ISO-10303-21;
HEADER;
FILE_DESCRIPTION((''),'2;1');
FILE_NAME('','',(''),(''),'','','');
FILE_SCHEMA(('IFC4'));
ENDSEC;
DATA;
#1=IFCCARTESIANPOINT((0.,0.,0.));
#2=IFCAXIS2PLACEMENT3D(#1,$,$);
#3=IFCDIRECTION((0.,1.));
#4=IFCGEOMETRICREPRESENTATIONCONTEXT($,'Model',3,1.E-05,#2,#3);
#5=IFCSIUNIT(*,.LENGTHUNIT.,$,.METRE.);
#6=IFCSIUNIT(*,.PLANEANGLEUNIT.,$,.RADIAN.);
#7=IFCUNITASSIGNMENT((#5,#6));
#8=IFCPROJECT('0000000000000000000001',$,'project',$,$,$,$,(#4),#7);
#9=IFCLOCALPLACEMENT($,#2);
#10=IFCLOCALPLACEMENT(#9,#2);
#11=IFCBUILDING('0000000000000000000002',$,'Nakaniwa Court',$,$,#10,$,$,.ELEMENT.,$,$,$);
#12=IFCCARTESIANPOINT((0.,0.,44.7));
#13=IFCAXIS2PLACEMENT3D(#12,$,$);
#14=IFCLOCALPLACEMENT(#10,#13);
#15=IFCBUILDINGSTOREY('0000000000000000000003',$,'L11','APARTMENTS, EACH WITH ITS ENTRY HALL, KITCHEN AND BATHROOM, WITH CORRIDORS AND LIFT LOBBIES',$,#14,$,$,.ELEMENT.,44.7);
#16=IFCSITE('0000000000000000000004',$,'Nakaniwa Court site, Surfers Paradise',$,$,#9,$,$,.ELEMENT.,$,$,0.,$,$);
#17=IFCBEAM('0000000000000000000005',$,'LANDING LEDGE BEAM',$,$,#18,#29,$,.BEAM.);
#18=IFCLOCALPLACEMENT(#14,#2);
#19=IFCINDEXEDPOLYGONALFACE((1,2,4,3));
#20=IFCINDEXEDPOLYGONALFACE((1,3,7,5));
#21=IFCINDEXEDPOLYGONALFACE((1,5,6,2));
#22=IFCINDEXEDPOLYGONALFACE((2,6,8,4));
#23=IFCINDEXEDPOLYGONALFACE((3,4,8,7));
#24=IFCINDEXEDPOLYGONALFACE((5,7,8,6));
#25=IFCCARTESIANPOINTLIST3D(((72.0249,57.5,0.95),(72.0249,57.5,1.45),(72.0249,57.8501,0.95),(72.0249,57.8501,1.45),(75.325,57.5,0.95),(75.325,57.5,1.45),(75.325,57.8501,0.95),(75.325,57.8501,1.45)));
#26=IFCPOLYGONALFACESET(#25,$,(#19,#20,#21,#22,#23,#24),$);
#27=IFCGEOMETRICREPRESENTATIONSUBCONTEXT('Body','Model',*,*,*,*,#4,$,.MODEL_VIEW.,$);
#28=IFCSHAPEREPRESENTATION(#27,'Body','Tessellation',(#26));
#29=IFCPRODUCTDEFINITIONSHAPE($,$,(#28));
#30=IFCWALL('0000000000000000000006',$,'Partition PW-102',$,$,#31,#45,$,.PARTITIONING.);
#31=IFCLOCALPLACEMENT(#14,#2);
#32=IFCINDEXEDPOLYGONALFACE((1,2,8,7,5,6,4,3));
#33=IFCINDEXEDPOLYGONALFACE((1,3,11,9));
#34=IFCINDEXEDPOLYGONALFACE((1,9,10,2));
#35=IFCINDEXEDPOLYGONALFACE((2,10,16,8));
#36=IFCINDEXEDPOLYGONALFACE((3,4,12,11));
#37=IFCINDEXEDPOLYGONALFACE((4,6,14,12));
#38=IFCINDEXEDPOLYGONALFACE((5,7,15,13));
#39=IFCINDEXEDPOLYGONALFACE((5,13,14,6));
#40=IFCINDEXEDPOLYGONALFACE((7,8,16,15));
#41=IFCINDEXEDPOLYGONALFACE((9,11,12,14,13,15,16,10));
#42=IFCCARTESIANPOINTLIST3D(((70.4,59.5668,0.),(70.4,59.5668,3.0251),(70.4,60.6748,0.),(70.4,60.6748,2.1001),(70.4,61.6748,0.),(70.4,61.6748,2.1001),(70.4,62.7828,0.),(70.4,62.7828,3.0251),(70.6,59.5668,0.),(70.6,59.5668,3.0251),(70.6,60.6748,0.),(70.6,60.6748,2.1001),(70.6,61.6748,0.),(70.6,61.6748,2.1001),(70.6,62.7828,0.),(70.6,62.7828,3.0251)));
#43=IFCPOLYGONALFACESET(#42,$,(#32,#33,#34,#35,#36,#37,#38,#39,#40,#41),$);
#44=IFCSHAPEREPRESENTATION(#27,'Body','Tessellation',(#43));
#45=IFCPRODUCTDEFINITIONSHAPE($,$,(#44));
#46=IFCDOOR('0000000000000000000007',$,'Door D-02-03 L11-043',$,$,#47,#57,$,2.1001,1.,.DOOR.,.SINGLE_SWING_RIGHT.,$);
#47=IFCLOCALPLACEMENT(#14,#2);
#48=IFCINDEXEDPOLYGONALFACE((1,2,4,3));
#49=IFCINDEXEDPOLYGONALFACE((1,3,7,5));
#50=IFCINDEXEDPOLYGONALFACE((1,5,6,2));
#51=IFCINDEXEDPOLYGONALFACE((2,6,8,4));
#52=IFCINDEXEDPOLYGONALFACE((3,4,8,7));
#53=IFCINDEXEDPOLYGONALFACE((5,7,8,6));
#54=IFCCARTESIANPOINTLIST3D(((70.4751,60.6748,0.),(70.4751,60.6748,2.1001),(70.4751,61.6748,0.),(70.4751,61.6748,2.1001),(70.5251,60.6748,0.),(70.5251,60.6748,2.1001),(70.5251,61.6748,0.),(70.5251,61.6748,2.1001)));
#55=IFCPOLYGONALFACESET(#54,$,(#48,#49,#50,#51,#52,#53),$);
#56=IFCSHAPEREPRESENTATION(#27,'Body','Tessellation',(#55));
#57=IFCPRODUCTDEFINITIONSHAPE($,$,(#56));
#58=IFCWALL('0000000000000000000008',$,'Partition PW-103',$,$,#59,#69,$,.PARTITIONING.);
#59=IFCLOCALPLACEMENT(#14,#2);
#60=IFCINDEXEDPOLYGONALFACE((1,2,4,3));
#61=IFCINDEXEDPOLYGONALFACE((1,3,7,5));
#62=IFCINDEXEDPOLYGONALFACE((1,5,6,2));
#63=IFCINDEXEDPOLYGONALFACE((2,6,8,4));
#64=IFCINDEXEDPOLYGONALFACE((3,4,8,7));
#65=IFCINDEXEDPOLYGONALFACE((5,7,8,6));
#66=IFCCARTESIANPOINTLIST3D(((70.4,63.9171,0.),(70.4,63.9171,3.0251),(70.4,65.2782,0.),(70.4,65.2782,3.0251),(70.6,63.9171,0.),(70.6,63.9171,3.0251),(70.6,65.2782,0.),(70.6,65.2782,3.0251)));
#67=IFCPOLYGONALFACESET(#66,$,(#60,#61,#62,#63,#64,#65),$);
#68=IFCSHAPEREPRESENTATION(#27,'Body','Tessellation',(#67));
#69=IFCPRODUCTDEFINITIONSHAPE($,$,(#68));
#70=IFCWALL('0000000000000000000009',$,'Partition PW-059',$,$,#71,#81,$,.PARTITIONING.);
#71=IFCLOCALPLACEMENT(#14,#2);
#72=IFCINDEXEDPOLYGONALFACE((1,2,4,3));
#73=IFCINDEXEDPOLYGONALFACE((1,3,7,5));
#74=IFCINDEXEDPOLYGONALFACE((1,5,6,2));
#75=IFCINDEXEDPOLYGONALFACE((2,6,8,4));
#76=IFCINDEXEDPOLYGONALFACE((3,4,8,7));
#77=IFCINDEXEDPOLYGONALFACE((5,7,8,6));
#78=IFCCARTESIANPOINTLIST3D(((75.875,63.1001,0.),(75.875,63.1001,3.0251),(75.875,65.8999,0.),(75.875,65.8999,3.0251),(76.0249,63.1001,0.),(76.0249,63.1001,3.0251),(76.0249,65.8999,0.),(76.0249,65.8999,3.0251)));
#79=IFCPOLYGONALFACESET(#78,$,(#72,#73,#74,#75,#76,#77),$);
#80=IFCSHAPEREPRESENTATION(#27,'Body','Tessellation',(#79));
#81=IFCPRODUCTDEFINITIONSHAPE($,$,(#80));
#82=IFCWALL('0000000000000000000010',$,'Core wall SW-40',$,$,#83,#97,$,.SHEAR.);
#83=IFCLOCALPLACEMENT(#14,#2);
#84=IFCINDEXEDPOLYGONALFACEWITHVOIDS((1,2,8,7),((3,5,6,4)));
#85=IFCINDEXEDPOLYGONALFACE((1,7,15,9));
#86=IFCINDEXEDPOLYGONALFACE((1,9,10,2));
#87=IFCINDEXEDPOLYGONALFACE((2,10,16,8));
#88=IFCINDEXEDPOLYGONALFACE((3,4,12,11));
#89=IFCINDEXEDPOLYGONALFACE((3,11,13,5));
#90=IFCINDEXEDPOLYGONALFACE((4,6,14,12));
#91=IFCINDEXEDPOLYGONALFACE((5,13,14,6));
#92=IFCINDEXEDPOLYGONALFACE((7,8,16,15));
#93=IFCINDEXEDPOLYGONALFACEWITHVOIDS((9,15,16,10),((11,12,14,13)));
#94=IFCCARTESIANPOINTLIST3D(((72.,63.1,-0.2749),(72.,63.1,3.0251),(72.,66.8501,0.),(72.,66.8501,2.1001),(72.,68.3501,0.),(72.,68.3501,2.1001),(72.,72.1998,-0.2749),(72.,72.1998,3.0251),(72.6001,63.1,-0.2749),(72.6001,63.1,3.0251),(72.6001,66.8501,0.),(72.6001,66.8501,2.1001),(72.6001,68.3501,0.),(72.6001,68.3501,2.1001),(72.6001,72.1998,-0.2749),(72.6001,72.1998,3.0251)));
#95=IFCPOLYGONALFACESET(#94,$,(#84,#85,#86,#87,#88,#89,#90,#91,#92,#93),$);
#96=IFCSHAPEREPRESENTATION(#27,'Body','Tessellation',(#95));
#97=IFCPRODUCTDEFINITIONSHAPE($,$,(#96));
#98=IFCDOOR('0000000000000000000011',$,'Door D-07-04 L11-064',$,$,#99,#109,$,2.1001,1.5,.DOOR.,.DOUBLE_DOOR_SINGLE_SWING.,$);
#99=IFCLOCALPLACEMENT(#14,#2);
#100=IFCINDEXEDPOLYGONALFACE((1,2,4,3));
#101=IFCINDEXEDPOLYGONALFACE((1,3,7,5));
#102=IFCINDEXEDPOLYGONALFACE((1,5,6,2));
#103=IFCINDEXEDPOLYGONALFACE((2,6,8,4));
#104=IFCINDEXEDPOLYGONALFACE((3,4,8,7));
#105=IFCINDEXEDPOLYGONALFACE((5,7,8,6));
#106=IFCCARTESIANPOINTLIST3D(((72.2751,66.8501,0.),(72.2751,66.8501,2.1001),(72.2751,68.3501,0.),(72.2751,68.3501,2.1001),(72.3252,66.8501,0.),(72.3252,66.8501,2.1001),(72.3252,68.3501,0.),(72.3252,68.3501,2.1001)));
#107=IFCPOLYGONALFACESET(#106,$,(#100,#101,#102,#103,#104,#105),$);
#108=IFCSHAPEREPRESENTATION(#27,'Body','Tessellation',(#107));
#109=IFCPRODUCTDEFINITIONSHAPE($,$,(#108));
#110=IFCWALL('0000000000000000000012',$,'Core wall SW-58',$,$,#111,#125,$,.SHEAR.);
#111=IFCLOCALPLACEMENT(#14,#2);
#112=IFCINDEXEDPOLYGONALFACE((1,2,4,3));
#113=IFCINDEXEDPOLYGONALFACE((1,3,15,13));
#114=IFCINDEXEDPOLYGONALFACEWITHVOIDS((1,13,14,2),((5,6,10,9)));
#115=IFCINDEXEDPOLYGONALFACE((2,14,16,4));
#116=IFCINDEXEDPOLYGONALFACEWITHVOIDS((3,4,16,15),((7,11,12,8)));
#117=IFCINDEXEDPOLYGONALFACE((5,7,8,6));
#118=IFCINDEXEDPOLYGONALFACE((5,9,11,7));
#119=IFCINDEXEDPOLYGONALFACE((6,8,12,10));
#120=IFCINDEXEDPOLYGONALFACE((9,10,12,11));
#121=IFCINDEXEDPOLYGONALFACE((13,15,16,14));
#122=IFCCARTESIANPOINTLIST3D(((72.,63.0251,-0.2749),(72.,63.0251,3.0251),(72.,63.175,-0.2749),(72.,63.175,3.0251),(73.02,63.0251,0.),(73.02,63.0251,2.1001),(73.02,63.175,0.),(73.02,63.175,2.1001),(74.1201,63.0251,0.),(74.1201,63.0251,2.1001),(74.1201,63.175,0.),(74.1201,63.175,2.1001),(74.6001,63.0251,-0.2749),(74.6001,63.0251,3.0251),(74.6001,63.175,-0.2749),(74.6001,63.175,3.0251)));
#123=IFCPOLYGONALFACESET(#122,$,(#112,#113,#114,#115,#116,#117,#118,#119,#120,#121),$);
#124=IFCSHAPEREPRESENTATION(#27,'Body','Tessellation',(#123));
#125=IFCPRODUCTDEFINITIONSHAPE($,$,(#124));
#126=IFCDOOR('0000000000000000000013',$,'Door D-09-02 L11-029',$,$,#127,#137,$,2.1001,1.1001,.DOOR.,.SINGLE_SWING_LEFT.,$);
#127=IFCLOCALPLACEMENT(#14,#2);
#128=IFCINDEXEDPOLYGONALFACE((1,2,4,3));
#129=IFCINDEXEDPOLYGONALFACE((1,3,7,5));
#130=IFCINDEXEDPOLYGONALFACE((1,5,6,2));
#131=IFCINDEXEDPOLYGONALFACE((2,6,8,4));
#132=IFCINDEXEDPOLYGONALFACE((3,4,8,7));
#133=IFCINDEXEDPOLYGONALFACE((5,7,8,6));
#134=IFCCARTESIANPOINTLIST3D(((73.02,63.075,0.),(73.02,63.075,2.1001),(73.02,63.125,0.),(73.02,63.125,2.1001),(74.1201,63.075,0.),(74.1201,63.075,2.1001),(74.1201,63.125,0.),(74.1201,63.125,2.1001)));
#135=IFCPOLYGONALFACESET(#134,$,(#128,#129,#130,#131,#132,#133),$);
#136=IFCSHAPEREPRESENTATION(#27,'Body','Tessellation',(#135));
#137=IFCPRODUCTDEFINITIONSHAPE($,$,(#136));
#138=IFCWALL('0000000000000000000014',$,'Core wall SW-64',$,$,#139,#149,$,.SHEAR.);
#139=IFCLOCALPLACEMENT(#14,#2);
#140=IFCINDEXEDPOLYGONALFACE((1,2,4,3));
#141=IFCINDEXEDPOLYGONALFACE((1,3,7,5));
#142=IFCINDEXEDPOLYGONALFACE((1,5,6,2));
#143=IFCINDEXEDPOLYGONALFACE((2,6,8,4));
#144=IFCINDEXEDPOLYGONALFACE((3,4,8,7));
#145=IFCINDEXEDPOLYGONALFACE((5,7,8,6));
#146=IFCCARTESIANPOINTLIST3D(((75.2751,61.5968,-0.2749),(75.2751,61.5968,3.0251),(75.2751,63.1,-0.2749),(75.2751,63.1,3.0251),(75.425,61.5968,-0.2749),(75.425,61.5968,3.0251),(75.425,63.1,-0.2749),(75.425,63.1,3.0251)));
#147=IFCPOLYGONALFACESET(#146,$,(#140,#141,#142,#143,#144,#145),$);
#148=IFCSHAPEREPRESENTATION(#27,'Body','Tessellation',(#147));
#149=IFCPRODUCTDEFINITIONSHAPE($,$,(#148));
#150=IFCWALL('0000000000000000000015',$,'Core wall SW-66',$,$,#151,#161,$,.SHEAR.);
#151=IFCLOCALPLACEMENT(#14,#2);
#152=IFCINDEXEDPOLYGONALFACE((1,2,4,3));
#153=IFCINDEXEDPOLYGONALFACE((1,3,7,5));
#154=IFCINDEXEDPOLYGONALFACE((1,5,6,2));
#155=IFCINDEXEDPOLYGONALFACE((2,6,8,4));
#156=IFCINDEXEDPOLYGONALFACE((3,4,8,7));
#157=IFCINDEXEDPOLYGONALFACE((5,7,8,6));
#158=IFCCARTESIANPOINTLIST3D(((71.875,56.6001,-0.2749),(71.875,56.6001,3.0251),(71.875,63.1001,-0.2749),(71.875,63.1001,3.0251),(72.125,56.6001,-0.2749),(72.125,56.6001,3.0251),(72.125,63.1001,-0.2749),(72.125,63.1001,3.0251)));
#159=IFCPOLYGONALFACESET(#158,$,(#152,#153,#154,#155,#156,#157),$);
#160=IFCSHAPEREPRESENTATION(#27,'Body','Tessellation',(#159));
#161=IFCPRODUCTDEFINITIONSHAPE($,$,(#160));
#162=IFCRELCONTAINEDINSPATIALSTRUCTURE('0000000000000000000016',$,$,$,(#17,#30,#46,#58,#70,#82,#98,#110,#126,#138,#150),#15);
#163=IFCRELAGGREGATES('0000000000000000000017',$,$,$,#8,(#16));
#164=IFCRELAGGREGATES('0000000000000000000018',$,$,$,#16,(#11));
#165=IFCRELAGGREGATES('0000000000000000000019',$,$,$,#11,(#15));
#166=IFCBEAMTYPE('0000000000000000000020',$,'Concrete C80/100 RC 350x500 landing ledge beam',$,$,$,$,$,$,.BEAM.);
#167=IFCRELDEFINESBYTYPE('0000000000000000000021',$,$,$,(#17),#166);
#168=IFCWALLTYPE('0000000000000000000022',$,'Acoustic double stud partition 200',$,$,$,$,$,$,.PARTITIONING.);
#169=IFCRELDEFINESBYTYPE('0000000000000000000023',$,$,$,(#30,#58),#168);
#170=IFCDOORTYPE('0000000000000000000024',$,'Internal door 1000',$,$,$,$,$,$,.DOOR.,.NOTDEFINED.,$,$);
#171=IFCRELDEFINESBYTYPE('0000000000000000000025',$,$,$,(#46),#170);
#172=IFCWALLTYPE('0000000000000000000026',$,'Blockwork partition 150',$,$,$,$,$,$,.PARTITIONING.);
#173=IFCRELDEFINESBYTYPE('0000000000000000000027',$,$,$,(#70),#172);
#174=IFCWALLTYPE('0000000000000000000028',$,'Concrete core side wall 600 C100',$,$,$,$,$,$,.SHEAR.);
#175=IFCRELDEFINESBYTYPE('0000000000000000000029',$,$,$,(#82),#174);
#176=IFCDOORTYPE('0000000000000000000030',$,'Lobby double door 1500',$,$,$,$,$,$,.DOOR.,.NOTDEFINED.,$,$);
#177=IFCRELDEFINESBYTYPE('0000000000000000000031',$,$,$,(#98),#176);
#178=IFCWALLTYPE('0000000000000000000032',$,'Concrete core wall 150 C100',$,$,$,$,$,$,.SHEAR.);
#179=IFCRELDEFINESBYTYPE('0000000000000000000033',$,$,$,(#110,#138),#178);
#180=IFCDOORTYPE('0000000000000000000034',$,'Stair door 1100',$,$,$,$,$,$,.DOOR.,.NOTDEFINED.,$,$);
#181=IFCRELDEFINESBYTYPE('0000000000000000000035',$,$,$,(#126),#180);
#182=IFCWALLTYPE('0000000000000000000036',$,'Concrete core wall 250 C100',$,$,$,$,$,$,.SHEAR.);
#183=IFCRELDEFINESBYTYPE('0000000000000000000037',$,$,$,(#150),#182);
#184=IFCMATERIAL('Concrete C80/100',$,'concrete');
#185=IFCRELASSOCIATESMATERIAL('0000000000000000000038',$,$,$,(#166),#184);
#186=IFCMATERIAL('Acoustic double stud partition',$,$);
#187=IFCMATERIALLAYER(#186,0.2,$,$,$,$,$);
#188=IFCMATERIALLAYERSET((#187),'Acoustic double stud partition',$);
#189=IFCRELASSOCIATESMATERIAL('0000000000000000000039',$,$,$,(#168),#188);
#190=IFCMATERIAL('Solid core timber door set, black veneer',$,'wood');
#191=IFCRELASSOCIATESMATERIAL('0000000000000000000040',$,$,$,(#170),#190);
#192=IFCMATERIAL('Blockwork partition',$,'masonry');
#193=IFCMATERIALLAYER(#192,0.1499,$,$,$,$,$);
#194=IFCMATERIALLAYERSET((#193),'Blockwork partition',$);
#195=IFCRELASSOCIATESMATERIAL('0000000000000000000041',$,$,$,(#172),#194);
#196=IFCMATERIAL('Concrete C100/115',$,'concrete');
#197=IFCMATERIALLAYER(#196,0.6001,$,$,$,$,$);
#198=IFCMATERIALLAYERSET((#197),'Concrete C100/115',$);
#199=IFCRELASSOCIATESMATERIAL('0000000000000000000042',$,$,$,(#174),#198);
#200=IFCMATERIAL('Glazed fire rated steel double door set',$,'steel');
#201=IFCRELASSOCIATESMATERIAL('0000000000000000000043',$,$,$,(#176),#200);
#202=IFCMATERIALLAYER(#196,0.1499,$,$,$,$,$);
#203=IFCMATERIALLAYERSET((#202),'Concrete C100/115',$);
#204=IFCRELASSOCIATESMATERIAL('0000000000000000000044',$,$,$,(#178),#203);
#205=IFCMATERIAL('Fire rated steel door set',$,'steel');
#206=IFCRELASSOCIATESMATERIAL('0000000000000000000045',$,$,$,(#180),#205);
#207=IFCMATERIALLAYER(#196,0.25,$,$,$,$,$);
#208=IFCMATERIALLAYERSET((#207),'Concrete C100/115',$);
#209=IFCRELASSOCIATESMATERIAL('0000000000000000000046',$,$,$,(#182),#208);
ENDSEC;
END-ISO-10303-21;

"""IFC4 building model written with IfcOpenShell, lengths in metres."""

from ifc_helpers import new_model, si_unit, direction, frame, frame_2d, origin, origin_2d, place, context, subcontext, project, spatial, rectangle, extrude, material, layer, layer_set, material_profile, profile_set, type_object, element, fill, save


model = new_model("IFC4")

# Units and contexts
model_context = context("Model", 3, precision=1e-05, world=origin(), true_north=direction((0.0, 1.0)))
body_context = subcontext(model_context, "Body", "Model", "MODEL_VIEW")
ifc_project = project(units=[si_unit("LENGTHUNIT", "METRE"), si_unit("PLANEANGLEUNIT", "RADIAN")], contexts=[model_context])

# Site, building, storey
site_placement = place(None, origin())
site = spatial("IfcSite", under=ifc_project, at=site_placement, Name="Nakaniwa Court site, Surfers Paradise", CompositionType="ELEMENT", RefElevation=0.0)
building_placement = place(site_placement, origin())
building = spatial("IfcBuilding", under=site, at=building_placement, Name="Nakaniwa Court", CompositionType="ELEMENT")
storey_placement = place(building_placement, frame((0.0, 0.0, 44.7)))
storey = spatial("IfcBuildingStorey", under=building, at=storey_placement, Name="L11", Description="APARTMENTS, EACH WITH ITS ENTRY HALL, KITCHEN AND BATHROOM, WITH CORRIDORS AND LIFT LOBBIES", CompositionType="ELEMENT", Elevation=44.7)

# Beam
ifc_material_1 = material(Name="Concrete C80/100", Category="concrete")
ifc_material_profile = material_profile(ifc_material_1, rectangle(XDim=0.3501, YDim=0.5, at=origin_2d()), Name="Concrete C80/100 RC 350x500 landing ledge beam")
ifc_profile_set = profile_set([ifc_material_profile], Name="Concrete C80/100")
beam_type = type_object("IfcBeamType", Name="Concrete C80/100 RC 350x500 landing ledge beam", PredefinedType="BEAM", material=ifc_profile_set)
beam_placement = place(storey_placement, frame((72.0249, 57.675, 1.2), z_axis=(1.0, 0.0, 0.0), x_axis=(0.0, 1.0, 0.0)))
element("IfcBeam", 1, at=beam_placement, inside=storey, type_object=beam_type, Name="LANDING LEDGE BEAM", PredefinedType="BEAM", context=body_context, shape_type="SweptSolid", body=[
    extrude(rectangle(XDim=0.3501, YDim=0.5, at=origin_2d()), origin(), (0.0, 0.0, 1.0), 3.3),
])

# Wall, opening, door
ifc_material_2 = material(Name="Acoustic double stud partition")
ifc_layer_1 = layer(ifc_material_2, 0.2)
ifc_layer_set_1 = layer_set([ifc_layer_1], Name="Acoustic double stud partition")
wall_type_1 = type_object("IfcWallType", Name="Acoustic double stud partition 200", PredefinedType="PARTITIONING", material=ifc_layer_set_1)
wall_1_placement = place(storey_placement, frame((70.5, 59.5669, 0.0), z_axis=(0.0, 0.0, 1.0), x_axis=(0.0, 1.0, 0.0)))
wall_1 = element("IfcWall", 2, at=wall_1_placement, inside=storey, type_object=wall_type_1, Name="Partition PW-102", PredefinedType="PARTITIONING", context=body_context, shape_type="SweptSolid", body=[
    extrude(rectangle(XDim=3.2161, YDim=0.2, at=frame_2d((1.6079, 0.0))), origin(), (0.0, 0.0, 1.0), 3.0251),
])
opening_1_placement = place(wall_1_placement, frame((1.1079, 0.0, 0.0)))
opening_1 = element("IfcOpeningElement", 3, at=opening_1_placement, cuts=wall_1, PredefinedType="OPENING", context=body_context, shape_type="SweptSolid", body=[
    extrude(rectangle(XDim=1.0, YDim=2.1001, at=frame_2d((0.5, 1.05))), frame((0.0, 0.1099, 0.0), z_axis=(0.0, -1.0, 0.0), x_axis=(1.0, 0.0, 0.0)), (0.0, 0.0, 1.0), 0.22),
])
ifc_material_3 = material(Name="Solid core timber door set, black veneer", Category="wood")
door_type_1 = type_object("IfcDoorType", Name="Internal door 1000", OperationType="NOTDEFINED", PredefinedType="DOOR", material=ifc_material_3)
door_1_placement = place(opening_1_placement, origin())
door_1 = element("IfcDoor", 4, at=door_1_placement, inside=storey, type_object=door_type_1, Name="Door D-02-03 L11-043", OperationType="SINGLE_SWING_RIGHT", OverallHeight=2.1001, OverallWidth=1.0, PredefinedType="DOOR", context=body_context, shape_type="SweptSolid", body=[
    extrude(rectangle(XDim=1.0, YDim=2.1001, at=frame_2d((0.5, 1.05))), frame((0.0, 0.0249, 0.0), z_axis=(0.0, -1.0, 0.0), x_axis=(1.0, 0.0, 0.0)), (0.0, 0.0, 1.0), 0.05),
])
fill(opening_1, door_1)

# Walls
wall_2_placement = place(storey_placement, frame((70.5, 63.917, 0.0), z_axis=(0.0, 0.0, 1.0), x_axis=(0.0, 1.0, 0.0)))
element("IfcWall", 5, at=wall_2_placement, inside=storey, type_object=wall_type_1, Name="Partition PW-103", PredefinedType="PARTITIONING", context=body_context, shape_type="SweptSolid", body=[
    extrude(rectangle(XDim=1.3611, YDim=0.2, at=frame_2d((0.6807, 0.0))), origin(), (0.0, 0.0, 1.0), 3.0251),
])
ifc_material_4 = material(Name="Blockwork partition", Category="masonry")
ifc_layer_2 = layer(ifc_material_4, 0.1499)
ifc_layer_set_2 = layer_set([ifc_layer_2], Name="Blockwork partition")
wall_type_2 = type_object("IfcWallType", Name="Blockwork partition 150", PredefinedType="PARTITIONING", material=ifc_layer_set_2)
wall_3_placement = place(storey_placement, frame((75.95, 63.1001, 0.0), z_axis=(0.0, 0.0, 1.0), x_axis=(0.0, 1.0, 0.0)))
element("IfcWall", 6, at=wall_3_placement, inside=storey, type_object=wall_type_2, Name="Partition PW-059", PredefinedType="PARTITIONING", context=body_context, shape_type="SweptSolid", body=[
    extrude(rectangle(XDim=2.7998, YDim=0.1499, at=frame_2d((1.3999, 0.0))), origin(), (0.0, 0.0, 1.0), 3.0251),
])

# Walls, openings, doors
ifc_material_5 = material(Name="Concrete C100/115", Category="concrete")
ifc_layer_3 = layer(ifc_material_5, 0.6001)
ifc_layer_set_3 = layer_set([ifc_layer_3], Name="Concrete C100/115")
wall_type_3 = type_object("IfcWallType", Name="Concrete core side wall 600 C100", PredefinedType="SHEAR", material=ifc_layer_set_3)
wall_4_placement = place(storey_placement, frame((72.3, 63.1001, -0.2749), z_axis=(0.0, 0.0, 1.0), x_axis=(0.0, 1.0, 0.0)))
wall_4 = element("IfcWall", 7, at=wall_4_placement, inside=storey, type_object=wall_type_3, Name="Core wall SW-40", PredefinedType="SHEAR", context=body_context, shape_type="SweptSolid", body=[
    extrude(rectangle(XDim=9.0999, YDim=0.6001, at=frame_2d((4.5498, 0.0))), origin(), (0.0, 0.0, 1.0), 3.3),
])
opening_2_placement = place(wall_4_placement, frame((3.75, 0.0, 0.2749)))
opening_2 = element("IfcOpeningElement", 8, at=opening_2_placement, cuts=wall_4, PredefinedType="OPENING", context=body_context, shape_type="SweptSolid", body=[
    extrude(rectangle(XDim=1.5, YDim=2.1001, at=frame_2d((0.75, 1.05))), frame((0.0, 0.3101, 0.0), z_axis=(0.0, -1.0, 0.0), x_axis=(1.0, 0.0, 0.0)), (0.0, 0.0, 1.0), 0.6201),
])
ifc_material_6 = material(Name="Glazed fire rated steel double door set", Category="steel")
door_type_2 = type_object("IfcDoorType", Name="Lobby double door 1500", OperationType="NOTDEFINED", PredefinedType="DOOR", material=ifc_material_6)
door_2_placement = place(opening_2_placement, origin())
door_2 = element("IfcDoor", 9, at=door_2_placement, inside=storey, type_object=door_type_2, Name="Door D-07-04 L11-064", OperationType="DOUBLE_DOOR_SINGLE_SWING", OverallHeight=2.1001, OverallWidth=1.5, PredefinedType="DOOR", context=body_context, shape_type="SweptSolid", body=[
    extrude(rectangle(XDim=1.5, YDim=2.1001, at=frame_2d((0.75, 1.05))), frame((0.0, 0.0249, 0.0), z_axis=(0.0, -1.0, 0.0), x_axis=(1.0, 0.0, 0.0)), (0.0, 0.0, 1.0), 0.05),
])
fill(opening_2, door_2)
ifc_layer_4 = layer(ifc_material_5, 0.1499)
ifc_layer_set_4 = layer_set([ifc_layer_4], Name="Concrete C100/115")
wall_type_4 = type_object("IfcWallType", Name="Concrete core wall 150 C100", PredefinedType="SHEAR", material=ifc_layer_set_4)
wall_5_placement = place(storey_placement, frame((72.0, 63.1001, -0.2749), z_axis=(0.0, 0.0, 1.0), x_axis=(1.0, 0.0, 0.0)))
wall_5 = element("IfcWall", 10, at=wall_5_placement, inside=storey, type_object=wall_type_4, Name="Core wall SW-58", PredefinedType="SHEAR", context=body_context, shape_type="SweptSolid", body=[
    extrude(rectangle(XDim=2.6001, YDim=0.1499, at=frame_2d((1.3, 0.0))), origin(), (0.0, 0.0, 1.0), 3.3),
])
opening_3_placement = place(wall_5_placement, frame((1.02, 0.0, 0.2749)))
opening_3 = element("IfcOpeningElement", 11, at=opening_3_placement, cuts=wall_5, PredefinedType="OPENING", context=body_context, shape_type="SweptSolid", body=[
    extrude(rectangle(XDim=1.1001, YDim=2.1001, at=frame_2d((0.55, 1.05))), frame((0.0, 0.085, 0.0), z_axis=(0.0, -1.0, 0.0), x_axis=(1.0, 0.0, 0.0)), (0.0, 0.0, 1.0), 0.1699),
])
ifc_material_7 = material(Name="Fire rated steel door set", Category="steel")
door_type_3 = type_object("IfcDoorType", Name="Stair door 1100", OperationType="NOTDEFINED", PredefinedType="DOOR", material=ifc_material_7)
door_3_placement = place(opening_3_placement, origin())
door_3 = element("IfcDoor", 12, at=door_3_placement, inside=storey, type_object=door_type_3, Name="Door D-09-02 L11-029", OperationType="SINGLE_SWING_LEFT", OverallHeight=2.1001, OverallWidth=1.1001, PredefinedType="DOOR", context=body_context, shape_type="SweptSolid", body=[
    extrude(rectangle(XDim=1.1001, YDim=2.1001, at=frame_2d((0.55, 1.05))), frame((0.0, 0.0249, 0.0), z_axis=(0.0, -1.0, 0.0), x_axis=(1.0, 0.0, 0.0)), (0.0, 0.0, 1.0), 0.05),
])
fill(opening_3, door_3)

# Walls
wall_6_placement = place(storey_placement, frame((75.3501, 61.5969, -0.2749), z_axis=(0.0, 0.0, 1.0), x_axis=(0.0, 1.0, 0.0)))
element("IfcWall", 13, at=wall_6_placement, inside=storey, type_object=wall_type_4, Name="Core wall SW-64", PredefinedType="SHEAR", context=body_context, shape_type="SweptSolid", body=[
    extrude(rectangle(XDim=1.5032, YDim=0.1499, at=frame_2d((0.7515, 0.0))), origin(), (0.0, 0.0, 1.0), 3.3),
])
ifc_layer_5 = layer(ifc_material_5, 0.25)
ifc_layer_set_5 = layer_set([ifc_layer_5], Name="Concrete C100/115")
wall_type_5 = type_object("IfcWallType", Name="Concrete core wall 250 C100", PredefinedType="SHEAR", material=ifc_layer_set_5)
wall_7_placement = place(storey_placement, frame((72.0, 56.6001, -0.2749), z_axis=(0.0, 0.0, 1.0), x_axis=(0.0, 1.0, 0.0)))
element("IfcWall", 14, at=wall_7_placement, inside=storey, type_object=wall_type_5, Name="Core wall SW-66", PredefinedType="SHEAR", context=body_context, shape_type="SweptSolid", body=[
    extrude(rectangle(XDim=6.5, YDim=0.25, at=frame_2d((3.25, 0.0))), origin(), (0.0, 0.0, 1.0), 3.3),
])

save(model, "model.ifc")
